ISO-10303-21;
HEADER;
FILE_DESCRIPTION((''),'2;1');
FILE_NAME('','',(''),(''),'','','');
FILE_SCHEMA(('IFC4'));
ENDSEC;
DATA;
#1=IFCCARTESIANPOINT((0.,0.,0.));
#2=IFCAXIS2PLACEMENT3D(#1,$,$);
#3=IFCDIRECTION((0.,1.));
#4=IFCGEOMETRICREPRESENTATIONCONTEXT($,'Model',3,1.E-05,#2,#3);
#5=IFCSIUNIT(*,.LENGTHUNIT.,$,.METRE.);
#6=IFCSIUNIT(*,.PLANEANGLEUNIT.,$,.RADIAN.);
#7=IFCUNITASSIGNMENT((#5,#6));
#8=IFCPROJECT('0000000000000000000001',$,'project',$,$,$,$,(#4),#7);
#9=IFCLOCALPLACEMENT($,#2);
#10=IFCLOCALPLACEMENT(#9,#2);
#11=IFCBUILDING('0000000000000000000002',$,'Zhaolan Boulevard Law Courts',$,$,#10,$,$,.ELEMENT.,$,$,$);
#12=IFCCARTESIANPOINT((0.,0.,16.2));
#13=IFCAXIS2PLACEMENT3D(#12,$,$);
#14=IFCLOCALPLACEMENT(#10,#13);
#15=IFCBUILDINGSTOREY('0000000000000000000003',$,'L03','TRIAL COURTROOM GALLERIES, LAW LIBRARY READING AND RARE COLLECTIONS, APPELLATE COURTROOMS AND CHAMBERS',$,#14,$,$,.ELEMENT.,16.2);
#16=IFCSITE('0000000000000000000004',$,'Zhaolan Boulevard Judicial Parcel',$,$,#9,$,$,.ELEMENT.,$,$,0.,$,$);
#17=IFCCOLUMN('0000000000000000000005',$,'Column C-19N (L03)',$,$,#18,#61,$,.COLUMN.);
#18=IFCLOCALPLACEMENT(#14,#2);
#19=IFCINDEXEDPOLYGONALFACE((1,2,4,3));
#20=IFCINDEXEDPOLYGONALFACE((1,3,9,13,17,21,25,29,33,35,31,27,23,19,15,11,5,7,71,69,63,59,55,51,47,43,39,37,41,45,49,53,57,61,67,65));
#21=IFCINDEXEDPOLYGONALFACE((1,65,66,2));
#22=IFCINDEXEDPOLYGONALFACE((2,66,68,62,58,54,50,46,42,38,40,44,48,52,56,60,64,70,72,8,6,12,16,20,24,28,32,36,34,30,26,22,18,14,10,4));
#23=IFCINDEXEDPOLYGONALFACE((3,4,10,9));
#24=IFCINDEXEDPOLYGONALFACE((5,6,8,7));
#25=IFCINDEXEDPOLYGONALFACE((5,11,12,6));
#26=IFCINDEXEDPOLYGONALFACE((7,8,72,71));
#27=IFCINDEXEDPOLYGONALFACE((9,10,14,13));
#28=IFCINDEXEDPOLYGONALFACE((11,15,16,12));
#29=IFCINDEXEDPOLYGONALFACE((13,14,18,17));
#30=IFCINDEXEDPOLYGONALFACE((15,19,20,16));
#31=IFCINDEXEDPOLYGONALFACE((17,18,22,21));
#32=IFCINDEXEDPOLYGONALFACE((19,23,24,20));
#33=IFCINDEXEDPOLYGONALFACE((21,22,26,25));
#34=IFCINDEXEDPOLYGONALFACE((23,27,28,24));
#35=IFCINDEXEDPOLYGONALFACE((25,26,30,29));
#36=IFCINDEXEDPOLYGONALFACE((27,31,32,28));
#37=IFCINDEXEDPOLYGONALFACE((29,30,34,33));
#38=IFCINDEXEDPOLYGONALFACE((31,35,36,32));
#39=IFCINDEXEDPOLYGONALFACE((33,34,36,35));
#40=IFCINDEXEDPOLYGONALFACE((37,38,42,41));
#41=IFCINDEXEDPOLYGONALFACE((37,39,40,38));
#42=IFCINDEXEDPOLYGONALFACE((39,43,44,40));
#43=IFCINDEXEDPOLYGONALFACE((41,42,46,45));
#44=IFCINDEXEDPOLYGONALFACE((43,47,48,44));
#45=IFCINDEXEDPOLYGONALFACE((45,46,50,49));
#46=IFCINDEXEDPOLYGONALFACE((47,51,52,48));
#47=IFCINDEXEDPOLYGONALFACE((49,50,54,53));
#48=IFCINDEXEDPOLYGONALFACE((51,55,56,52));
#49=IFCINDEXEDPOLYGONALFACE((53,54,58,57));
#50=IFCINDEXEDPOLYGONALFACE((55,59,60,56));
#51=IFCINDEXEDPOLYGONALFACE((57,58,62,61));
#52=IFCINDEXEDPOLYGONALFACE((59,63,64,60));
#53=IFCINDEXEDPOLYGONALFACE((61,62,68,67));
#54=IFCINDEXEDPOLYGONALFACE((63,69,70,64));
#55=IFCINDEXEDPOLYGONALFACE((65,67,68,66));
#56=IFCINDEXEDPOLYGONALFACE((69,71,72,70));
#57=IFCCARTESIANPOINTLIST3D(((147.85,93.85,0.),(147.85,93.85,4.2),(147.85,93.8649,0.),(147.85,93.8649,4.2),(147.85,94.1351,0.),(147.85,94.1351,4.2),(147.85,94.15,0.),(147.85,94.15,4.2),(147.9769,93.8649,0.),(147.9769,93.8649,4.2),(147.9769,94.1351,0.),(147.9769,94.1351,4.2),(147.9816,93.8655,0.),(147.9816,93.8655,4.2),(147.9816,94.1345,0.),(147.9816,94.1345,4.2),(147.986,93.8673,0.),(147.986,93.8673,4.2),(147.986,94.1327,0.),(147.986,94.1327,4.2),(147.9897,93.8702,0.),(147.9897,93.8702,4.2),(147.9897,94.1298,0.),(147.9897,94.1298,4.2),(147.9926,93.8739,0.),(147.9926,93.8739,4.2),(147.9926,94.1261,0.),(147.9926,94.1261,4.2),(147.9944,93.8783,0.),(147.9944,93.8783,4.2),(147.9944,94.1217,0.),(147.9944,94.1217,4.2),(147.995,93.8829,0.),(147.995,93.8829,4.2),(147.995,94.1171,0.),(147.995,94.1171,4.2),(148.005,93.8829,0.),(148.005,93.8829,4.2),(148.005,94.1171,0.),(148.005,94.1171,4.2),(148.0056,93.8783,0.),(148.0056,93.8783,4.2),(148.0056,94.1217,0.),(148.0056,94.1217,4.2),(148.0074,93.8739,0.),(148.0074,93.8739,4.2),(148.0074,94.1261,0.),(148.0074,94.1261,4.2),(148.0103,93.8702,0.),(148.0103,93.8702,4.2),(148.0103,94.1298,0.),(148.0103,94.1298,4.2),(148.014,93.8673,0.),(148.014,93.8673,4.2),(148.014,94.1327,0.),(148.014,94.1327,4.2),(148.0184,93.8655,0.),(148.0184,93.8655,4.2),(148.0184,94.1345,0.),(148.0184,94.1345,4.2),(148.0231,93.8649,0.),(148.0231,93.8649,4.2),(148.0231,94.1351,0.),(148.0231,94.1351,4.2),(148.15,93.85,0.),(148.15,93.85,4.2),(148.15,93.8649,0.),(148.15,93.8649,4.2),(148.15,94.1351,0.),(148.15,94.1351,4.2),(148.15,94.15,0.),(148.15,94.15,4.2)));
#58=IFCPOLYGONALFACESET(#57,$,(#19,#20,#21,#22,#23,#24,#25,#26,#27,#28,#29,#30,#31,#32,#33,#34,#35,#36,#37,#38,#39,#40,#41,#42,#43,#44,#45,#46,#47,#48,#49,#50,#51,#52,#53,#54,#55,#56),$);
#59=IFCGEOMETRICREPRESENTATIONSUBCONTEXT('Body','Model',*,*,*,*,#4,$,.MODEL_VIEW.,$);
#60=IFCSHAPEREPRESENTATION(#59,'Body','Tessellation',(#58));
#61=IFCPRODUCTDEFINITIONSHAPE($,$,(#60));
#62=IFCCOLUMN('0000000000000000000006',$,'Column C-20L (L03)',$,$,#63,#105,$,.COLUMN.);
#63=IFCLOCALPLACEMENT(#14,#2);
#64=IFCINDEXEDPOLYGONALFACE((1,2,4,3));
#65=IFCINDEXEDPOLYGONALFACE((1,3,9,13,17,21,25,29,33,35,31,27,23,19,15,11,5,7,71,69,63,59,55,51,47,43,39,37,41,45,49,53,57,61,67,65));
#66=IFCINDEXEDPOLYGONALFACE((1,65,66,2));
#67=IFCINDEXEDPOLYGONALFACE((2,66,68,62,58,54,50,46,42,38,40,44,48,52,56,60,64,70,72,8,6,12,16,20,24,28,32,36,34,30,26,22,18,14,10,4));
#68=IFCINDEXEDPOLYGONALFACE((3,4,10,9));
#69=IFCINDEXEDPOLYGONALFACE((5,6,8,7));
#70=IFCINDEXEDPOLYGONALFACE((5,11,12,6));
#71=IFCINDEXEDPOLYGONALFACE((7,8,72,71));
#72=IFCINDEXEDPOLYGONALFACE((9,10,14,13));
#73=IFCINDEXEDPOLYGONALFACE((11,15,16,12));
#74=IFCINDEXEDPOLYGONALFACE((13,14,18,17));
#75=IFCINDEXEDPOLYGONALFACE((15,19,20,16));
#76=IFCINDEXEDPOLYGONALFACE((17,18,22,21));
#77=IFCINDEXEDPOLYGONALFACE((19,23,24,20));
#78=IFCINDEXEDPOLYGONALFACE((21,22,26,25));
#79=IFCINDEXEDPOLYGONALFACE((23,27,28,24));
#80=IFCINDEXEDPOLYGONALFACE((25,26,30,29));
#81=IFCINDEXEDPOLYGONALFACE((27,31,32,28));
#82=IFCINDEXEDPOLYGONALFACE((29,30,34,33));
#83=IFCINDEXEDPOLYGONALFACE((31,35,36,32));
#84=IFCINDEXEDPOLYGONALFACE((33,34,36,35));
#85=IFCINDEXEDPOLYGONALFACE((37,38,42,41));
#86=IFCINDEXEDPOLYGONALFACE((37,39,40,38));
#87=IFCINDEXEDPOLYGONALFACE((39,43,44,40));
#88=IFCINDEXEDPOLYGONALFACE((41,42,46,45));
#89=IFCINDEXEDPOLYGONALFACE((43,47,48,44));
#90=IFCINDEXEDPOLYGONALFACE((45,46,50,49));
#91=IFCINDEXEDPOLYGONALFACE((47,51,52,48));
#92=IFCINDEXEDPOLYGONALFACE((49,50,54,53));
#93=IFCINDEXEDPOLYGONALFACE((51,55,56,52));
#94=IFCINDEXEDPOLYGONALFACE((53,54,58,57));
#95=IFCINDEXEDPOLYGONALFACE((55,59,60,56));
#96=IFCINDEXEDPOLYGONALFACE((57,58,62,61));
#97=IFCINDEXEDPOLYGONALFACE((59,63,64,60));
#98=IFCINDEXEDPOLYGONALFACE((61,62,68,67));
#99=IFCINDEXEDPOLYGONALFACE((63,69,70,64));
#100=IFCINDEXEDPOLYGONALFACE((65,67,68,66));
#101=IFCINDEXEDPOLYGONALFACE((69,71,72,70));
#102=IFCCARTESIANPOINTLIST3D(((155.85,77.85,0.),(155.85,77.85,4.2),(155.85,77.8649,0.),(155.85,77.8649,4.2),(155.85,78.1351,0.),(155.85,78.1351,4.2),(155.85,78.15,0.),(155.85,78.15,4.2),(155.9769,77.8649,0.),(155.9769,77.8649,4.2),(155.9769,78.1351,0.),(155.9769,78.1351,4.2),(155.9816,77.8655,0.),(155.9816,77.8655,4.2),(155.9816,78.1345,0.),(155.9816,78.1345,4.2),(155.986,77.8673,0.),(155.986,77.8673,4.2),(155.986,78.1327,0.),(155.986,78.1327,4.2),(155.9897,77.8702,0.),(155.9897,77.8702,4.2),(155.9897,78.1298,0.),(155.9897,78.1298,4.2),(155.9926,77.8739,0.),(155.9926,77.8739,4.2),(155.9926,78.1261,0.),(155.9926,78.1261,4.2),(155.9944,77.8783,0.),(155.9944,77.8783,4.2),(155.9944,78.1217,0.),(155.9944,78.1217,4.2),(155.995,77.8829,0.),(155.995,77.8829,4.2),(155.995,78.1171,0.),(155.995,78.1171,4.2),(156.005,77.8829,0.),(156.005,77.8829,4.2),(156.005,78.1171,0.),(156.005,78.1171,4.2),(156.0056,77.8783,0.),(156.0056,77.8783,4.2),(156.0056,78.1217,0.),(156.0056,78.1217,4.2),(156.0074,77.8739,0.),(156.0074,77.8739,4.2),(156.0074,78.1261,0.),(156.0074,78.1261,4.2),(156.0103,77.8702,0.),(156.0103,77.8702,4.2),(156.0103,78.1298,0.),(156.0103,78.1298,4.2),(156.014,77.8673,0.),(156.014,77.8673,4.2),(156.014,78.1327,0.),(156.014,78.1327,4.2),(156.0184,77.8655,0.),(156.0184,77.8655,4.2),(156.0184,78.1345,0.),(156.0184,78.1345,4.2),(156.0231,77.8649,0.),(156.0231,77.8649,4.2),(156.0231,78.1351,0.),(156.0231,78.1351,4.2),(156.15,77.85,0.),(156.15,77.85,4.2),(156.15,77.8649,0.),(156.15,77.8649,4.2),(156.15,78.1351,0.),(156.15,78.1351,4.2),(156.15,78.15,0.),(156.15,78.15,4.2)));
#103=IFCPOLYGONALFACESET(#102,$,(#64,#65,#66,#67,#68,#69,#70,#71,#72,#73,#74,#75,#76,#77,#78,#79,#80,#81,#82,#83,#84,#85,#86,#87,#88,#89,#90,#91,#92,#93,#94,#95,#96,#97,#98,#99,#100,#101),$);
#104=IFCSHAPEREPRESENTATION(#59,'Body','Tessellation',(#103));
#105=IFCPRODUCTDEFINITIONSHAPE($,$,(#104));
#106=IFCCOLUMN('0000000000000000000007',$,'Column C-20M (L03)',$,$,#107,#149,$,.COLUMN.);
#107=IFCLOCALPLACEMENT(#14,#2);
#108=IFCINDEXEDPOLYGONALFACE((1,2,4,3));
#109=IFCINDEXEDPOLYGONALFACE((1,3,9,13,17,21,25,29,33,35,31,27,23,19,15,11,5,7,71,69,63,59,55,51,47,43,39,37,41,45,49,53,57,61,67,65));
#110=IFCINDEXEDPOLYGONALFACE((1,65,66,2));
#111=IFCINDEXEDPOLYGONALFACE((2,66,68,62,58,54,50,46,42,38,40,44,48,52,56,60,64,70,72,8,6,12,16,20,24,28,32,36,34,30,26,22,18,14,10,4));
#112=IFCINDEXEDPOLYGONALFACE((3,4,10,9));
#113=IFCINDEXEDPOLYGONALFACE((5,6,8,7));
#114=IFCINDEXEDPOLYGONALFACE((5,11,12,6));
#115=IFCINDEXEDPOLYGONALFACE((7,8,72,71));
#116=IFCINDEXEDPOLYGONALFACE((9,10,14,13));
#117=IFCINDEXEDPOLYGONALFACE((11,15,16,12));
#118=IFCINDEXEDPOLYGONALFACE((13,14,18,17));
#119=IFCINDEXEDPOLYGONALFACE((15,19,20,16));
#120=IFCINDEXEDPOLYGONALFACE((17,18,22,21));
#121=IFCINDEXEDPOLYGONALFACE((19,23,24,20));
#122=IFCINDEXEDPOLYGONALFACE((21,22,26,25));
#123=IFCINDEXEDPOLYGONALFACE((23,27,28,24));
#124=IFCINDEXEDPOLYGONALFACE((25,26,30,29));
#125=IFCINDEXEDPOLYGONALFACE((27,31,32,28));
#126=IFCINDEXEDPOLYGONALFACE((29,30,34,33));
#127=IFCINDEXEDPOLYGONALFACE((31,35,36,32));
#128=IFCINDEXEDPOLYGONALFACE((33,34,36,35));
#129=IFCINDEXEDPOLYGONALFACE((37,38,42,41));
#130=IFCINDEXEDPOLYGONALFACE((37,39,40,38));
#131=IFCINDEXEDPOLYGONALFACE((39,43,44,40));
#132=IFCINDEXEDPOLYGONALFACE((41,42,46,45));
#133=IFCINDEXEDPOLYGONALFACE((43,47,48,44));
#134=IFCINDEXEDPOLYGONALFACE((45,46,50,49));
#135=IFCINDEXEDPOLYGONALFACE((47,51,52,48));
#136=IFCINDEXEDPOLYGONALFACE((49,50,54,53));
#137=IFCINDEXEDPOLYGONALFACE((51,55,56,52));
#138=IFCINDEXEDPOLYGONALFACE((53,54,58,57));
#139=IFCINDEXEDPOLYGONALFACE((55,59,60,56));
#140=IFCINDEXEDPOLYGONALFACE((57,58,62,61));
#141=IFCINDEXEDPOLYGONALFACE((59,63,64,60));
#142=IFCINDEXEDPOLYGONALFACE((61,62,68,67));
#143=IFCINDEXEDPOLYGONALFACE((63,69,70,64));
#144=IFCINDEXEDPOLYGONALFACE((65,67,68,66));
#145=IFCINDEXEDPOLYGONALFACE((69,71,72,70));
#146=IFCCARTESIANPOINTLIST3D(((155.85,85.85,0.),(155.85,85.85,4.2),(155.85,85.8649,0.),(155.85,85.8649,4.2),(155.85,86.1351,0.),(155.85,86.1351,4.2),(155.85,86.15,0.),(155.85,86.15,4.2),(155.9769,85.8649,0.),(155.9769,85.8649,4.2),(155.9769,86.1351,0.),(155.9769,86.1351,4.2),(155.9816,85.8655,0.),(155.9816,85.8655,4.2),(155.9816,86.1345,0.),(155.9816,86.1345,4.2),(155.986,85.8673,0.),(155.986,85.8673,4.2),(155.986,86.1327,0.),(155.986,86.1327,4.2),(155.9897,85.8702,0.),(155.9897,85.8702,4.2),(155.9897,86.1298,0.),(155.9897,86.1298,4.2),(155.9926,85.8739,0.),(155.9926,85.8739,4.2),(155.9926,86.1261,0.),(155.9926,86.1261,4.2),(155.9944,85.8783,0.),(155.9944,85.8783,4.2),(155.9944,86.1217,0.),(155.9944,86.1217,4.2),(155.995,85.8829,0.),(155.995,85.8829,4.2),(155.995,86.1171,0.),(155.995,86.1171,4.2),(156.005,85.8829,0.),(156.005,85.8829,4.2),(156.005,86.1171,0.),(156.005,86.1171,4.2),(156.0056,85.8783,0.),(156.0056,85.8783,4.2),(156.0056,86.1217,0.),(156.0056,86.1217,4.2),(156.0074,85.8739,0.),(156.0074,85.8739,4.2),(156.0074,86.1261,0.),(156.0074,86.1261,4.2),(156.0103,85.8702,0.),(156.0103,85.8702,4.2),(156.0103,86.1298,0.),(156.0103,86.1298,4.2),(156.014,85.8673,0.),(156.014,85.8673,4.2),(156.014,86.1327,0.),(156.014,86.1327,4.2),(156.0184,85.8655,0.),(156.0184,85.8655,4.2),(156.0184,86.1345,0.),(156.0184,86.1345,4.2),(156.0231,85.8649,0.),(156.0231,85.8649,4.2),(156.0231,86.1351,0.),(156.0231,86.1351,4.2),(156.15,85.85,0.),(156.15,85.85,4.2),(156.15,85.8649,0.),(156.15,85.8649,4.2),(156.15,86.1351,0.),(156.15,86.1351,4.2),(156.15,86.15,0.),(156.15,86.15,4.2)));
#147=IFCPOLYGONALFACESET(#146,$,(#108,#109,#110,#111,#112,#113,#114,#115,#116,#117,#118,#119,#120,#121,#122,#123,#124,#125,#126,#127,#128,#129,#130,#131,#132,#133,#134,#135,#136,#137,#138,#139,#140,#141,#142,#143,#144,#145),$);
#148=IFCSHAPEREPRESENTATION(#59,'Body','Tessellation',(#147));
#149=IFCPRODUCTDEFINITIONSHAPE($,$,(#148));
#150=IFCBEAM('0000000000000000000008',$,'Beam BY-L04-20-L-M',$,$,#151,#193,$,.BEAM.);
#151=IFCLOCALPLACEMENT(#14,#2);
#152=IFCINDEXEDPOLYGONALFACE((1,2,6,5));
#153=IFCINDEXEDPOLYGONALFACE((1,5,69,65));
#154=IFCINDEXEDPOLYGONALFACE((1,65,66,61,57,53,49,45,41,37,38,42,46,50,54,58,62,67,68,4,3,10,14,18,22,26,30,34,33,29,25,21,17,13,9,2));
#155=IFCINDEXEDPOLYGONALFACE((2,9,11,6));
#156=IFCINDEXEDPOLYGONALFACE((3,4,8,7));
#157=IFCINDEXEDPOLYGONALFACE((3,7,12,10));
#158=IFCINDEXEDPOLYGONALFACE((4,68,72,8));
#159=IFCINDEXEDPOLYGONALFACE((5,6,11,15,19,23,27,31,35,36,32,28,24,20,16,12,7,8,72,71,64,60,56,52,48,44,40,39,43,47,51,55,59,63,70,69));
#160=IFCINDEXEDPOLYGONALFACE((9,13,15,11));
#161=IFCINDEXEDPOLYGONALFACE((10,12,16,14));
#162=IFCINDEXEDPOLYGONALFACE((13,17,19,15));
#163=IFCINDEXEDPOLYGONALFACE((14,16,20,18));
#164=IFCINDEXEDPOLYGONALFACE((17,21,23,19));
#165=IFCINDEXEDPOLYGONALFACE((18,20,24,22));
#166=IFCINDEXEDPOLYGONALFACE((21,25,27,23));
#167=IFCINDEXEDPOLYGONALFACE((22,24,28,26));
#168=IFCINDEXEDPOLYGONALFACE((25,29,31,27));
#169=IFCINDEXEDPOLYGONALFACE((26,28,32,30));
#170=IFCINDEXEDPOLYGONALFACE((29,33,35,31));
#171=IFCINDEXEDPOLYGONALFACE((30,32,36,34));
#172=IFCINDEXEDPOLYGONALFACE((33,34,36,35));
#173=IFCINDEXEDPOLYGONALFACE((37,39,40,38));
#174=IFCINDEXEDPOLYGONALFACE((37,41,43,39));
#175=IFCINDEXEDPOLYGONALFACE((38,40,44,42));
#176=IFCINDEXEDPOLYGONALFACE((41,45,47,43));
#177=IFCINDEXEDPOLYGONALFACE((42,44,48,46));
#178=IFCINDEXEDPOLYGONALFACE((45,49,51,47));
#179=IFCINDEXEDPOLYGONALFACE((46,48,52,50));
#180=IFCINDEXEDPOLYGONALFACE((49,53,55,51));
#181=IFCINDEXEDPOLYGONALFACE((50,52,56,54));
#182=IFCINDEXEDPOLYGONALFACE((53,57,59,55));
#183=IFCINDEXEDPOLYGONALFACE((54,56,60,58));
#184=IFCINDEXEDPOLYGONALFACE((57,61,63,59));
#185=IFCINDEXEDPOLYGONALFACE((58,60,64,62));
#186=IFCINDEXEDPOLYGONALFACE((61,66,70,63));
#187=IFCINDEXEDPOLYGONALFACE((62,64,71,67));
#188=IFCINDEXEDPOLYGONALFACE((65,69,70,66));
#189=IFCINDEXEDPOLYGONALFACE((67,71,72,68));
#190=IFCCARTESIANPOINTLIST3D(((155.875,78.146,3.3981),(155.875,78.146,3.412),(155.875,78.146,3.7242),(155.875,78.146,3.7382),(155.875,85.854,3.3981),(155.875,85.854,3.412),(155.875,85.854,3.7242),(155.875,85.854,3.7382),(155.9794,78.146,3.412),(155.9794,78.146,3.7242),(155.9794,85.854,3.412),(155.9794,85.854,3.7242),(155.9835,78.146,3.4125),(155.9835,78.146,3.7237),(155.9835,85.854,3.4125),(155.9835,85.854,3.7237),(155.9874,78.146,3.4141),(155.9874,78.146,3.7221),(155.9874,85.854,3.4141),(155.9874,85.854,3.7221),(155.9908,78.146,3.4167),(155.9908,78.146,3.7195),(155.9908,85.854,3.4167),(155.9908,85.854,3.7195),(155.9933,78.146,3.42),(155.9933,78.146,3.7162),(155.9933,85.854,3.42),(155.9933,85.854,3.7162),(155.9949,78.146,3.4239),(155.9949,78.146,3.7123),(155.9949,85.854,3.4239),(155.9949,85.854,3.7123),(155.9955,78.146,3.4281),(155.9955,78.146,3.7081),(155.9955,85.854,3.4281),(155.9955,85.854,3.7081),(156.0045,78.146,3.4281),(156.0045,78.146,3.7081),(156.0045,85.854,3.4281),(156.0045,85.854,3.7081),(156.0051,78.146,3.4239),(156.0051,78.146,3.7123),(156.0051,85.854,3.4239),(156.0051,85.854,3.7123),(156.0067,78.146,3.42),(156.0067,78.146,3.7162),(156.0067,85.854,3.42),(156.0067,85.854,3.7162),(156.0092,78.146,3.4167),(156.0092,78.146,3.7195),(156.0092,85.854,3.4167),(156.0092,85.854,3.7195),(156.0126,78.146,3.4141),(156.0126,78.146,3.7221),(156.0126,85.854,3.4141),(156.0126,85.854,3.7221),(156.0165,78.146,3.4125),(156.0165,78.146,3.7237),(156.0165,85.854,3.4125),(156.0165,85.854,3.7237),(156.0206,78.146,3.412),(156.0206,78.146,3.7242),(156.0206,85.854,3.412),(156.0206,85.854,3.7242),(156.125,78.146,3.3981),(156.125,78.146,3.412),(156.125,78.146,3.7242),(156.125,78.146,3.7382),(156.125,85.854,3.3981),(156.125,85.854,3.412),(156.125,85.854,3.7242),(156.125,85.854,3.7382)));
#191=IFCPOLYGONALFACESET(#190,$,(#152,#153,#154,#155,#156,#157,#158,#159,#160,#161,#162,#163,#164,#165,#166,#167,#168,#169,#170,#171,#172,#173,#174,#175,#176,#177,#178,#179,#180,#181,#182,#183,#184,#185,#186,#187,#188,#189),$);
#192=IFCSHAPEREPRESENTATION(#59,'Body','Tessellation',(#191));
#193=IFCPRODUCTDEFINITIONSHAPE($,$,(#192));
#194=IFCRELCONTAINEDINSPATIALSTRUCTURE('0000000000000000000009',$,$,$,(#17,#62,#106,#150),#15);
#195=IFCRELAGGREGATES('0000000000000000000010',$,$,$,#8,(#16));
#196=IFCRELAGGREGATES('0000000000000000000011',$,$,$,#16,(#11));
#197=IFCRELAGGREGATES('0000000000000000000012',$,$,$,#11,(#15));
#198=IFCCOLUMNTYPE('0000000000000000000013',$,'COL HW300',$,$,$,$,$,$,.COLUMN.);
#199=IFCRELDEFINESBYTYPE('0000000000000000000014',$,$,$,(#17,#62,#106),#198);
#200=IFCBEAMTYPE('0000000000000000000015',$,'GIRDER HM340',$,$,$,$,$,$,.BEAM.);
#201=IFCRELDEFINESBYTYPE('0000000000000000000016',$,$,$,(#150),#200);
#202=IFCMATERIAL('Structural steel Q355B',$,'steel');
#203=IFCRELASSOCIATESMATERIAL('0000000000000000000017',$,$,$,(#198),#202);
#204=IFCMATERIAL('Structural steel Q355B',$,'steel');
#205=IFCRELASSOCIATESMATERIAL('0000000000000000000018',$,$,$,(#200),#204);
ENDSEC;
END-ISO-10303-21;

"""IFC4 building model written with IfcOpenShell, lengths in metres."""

from ifc_helpers import new_model, si_unit, direction, frame, origin, origin_2d, place, context, subcontext, project, spatial, i_section, extrude, material, material_profile, profile_set, type_object, element, save


model = new_model("IFC4")

# Units and contexts
model_context = context("Model", 3, precision=1e-05, world=origin(), true_north=direction((0.0, 1.0)))
body_context = subcontext(model_context, "Body", "Model", "MODEL_VIEW")
ifc_project = project(units=[si_unit("LENGTHUNIT", "METRE"), si_unit("PLANEANGLEUNIT", "RADIAN")], contexts=[model_context])

# Site, building, storey
site_placement = place(None, origin())
site = spatial("IfcSite", under=ifc_project, at=site_placement, Name="Zhaolan Boulevard Judicial Parcel", CompositionType="ELEMENT", RefElevation=0.0)
building_placement = place(site_placement, origin())
building = spatial("IfcBuilding", under=site, at=building_placement, Name="Zhaolan Boulevard Law Courts", CompositionType="ELEMENT")
storey_placement = place(building_placement, frame((0.0, 0.0, 16.2)))
storey = spatial("IfcBuildingStorey", under=building, at=storey_placement, Name="L03", Description="TRIAL COURTROOM GALLERIES, LAW LIBRARY READING AND RARE COLLECTIONS, APPELLATE COURTROOMS AND CHAMBERS", CompositionType="ELEMENT", Elevation=16.2)

# Columns
ifc_material_1 = material(Name="Structural steel Q355B", Category="steel")
ifc_material_profile_1 = material_profile(ifc_material_1, i_section(OverallWidth=0.3, OverallDepth=0.3, WebThickness=0.01, FlangeThickness=0.0149, FilletRadius=0.0181, at=origin_2d()), Name="HW300x300")
ifc_profile_set_1 = profile_set([ifc_material_profile_1], Name="Structural steel Q355B")
column_type = type_object("IfcColumnType", Name="COL HW300", PredefinedType="COLUMN", material=ifc_profile_set_1)
for number, where, z_axis, x_axis, name in (
    (1, (148.0, 94.0, 0.0), (0.0, 0.0, 1.0), (1.0, 0.0, 0.0), "Column C-19N (L03)"),
    (2, (156.0, 78.0, 0.0), (0.0, 0.0, 1.0), (1.0, 0.0, 0.0), "Column C-20L (L03)"),
    (3, (156.0, 86.0, 0.0), (0.0, 0.0, 1.0), (1.0, 0.0, 0.0), "Column C-20M (L03)"),
):
    element("IfcColumn", number, at=place(storey_placement, frame(where, z_axis=z_axis, x_axis=x_axis)), inside=storey, type_object=column_type, Name=name, PredefinedType="COLUMN", context=body_context, shape_type="SweptSolid", body=[
        extrude(i_section(OverallWidth=0.3, OverallDepth=0.3, WebThickness=0.01, FlangeThickness=0.0149, FilletRadius=0.0181, at=origin_2d()), origin(), (0.0, 0.0, 1.0), 4.2),
    ])

# Beam
ifc_material_2 = material(Name="Structural steel Q355B", Category="steel")
ifc_material_profile_2 = material_profile(ifc_material_2, i_section(OverallWidth=0.25, OverallDepth=0.3401, WebThickness=0.009, FlangeThickness=0.0139, FilletRadius=0.0161, at=origin_2d()), Name="HM340x250")
ifc_profile_set_2 = profile_set([ifc_material_profile_2], Name="Structural steel Q355B")
beam_type_1 = type_object("IfcBeamType", Name="GIRDER HM340", PredefinedType="BEAM", material=ifc_profile_set_2)
for number, where, z_axis, x_axis, name in (
    (4, (156.0, 78.146, 3.5681), (0.0, 1.0, 0.0), (-1.0, 0.0, 0.0), "Beam BY-L04-20-L-M"),
):
    element("IfcBeam", number, at=place(storey_placement, frame(where, z_axis=z_axis, x_axis=x_axis)), inside=storey, type_object=beam_type_1, Name=name, PredefinedType="BEAM", context=body_context, shape_type="SweptSolid", body=[
        extrude(i_section(OverallWidth=0.25, OverallDepth=0.3401, WebThickness=0.009, FlangeThickness=0.0139, FilletRadius=0.0161, at=origin_2d()), origin(), (0.0, 0.0, 1.0), 7.708),
    ])

save(model, "model.ifc")
